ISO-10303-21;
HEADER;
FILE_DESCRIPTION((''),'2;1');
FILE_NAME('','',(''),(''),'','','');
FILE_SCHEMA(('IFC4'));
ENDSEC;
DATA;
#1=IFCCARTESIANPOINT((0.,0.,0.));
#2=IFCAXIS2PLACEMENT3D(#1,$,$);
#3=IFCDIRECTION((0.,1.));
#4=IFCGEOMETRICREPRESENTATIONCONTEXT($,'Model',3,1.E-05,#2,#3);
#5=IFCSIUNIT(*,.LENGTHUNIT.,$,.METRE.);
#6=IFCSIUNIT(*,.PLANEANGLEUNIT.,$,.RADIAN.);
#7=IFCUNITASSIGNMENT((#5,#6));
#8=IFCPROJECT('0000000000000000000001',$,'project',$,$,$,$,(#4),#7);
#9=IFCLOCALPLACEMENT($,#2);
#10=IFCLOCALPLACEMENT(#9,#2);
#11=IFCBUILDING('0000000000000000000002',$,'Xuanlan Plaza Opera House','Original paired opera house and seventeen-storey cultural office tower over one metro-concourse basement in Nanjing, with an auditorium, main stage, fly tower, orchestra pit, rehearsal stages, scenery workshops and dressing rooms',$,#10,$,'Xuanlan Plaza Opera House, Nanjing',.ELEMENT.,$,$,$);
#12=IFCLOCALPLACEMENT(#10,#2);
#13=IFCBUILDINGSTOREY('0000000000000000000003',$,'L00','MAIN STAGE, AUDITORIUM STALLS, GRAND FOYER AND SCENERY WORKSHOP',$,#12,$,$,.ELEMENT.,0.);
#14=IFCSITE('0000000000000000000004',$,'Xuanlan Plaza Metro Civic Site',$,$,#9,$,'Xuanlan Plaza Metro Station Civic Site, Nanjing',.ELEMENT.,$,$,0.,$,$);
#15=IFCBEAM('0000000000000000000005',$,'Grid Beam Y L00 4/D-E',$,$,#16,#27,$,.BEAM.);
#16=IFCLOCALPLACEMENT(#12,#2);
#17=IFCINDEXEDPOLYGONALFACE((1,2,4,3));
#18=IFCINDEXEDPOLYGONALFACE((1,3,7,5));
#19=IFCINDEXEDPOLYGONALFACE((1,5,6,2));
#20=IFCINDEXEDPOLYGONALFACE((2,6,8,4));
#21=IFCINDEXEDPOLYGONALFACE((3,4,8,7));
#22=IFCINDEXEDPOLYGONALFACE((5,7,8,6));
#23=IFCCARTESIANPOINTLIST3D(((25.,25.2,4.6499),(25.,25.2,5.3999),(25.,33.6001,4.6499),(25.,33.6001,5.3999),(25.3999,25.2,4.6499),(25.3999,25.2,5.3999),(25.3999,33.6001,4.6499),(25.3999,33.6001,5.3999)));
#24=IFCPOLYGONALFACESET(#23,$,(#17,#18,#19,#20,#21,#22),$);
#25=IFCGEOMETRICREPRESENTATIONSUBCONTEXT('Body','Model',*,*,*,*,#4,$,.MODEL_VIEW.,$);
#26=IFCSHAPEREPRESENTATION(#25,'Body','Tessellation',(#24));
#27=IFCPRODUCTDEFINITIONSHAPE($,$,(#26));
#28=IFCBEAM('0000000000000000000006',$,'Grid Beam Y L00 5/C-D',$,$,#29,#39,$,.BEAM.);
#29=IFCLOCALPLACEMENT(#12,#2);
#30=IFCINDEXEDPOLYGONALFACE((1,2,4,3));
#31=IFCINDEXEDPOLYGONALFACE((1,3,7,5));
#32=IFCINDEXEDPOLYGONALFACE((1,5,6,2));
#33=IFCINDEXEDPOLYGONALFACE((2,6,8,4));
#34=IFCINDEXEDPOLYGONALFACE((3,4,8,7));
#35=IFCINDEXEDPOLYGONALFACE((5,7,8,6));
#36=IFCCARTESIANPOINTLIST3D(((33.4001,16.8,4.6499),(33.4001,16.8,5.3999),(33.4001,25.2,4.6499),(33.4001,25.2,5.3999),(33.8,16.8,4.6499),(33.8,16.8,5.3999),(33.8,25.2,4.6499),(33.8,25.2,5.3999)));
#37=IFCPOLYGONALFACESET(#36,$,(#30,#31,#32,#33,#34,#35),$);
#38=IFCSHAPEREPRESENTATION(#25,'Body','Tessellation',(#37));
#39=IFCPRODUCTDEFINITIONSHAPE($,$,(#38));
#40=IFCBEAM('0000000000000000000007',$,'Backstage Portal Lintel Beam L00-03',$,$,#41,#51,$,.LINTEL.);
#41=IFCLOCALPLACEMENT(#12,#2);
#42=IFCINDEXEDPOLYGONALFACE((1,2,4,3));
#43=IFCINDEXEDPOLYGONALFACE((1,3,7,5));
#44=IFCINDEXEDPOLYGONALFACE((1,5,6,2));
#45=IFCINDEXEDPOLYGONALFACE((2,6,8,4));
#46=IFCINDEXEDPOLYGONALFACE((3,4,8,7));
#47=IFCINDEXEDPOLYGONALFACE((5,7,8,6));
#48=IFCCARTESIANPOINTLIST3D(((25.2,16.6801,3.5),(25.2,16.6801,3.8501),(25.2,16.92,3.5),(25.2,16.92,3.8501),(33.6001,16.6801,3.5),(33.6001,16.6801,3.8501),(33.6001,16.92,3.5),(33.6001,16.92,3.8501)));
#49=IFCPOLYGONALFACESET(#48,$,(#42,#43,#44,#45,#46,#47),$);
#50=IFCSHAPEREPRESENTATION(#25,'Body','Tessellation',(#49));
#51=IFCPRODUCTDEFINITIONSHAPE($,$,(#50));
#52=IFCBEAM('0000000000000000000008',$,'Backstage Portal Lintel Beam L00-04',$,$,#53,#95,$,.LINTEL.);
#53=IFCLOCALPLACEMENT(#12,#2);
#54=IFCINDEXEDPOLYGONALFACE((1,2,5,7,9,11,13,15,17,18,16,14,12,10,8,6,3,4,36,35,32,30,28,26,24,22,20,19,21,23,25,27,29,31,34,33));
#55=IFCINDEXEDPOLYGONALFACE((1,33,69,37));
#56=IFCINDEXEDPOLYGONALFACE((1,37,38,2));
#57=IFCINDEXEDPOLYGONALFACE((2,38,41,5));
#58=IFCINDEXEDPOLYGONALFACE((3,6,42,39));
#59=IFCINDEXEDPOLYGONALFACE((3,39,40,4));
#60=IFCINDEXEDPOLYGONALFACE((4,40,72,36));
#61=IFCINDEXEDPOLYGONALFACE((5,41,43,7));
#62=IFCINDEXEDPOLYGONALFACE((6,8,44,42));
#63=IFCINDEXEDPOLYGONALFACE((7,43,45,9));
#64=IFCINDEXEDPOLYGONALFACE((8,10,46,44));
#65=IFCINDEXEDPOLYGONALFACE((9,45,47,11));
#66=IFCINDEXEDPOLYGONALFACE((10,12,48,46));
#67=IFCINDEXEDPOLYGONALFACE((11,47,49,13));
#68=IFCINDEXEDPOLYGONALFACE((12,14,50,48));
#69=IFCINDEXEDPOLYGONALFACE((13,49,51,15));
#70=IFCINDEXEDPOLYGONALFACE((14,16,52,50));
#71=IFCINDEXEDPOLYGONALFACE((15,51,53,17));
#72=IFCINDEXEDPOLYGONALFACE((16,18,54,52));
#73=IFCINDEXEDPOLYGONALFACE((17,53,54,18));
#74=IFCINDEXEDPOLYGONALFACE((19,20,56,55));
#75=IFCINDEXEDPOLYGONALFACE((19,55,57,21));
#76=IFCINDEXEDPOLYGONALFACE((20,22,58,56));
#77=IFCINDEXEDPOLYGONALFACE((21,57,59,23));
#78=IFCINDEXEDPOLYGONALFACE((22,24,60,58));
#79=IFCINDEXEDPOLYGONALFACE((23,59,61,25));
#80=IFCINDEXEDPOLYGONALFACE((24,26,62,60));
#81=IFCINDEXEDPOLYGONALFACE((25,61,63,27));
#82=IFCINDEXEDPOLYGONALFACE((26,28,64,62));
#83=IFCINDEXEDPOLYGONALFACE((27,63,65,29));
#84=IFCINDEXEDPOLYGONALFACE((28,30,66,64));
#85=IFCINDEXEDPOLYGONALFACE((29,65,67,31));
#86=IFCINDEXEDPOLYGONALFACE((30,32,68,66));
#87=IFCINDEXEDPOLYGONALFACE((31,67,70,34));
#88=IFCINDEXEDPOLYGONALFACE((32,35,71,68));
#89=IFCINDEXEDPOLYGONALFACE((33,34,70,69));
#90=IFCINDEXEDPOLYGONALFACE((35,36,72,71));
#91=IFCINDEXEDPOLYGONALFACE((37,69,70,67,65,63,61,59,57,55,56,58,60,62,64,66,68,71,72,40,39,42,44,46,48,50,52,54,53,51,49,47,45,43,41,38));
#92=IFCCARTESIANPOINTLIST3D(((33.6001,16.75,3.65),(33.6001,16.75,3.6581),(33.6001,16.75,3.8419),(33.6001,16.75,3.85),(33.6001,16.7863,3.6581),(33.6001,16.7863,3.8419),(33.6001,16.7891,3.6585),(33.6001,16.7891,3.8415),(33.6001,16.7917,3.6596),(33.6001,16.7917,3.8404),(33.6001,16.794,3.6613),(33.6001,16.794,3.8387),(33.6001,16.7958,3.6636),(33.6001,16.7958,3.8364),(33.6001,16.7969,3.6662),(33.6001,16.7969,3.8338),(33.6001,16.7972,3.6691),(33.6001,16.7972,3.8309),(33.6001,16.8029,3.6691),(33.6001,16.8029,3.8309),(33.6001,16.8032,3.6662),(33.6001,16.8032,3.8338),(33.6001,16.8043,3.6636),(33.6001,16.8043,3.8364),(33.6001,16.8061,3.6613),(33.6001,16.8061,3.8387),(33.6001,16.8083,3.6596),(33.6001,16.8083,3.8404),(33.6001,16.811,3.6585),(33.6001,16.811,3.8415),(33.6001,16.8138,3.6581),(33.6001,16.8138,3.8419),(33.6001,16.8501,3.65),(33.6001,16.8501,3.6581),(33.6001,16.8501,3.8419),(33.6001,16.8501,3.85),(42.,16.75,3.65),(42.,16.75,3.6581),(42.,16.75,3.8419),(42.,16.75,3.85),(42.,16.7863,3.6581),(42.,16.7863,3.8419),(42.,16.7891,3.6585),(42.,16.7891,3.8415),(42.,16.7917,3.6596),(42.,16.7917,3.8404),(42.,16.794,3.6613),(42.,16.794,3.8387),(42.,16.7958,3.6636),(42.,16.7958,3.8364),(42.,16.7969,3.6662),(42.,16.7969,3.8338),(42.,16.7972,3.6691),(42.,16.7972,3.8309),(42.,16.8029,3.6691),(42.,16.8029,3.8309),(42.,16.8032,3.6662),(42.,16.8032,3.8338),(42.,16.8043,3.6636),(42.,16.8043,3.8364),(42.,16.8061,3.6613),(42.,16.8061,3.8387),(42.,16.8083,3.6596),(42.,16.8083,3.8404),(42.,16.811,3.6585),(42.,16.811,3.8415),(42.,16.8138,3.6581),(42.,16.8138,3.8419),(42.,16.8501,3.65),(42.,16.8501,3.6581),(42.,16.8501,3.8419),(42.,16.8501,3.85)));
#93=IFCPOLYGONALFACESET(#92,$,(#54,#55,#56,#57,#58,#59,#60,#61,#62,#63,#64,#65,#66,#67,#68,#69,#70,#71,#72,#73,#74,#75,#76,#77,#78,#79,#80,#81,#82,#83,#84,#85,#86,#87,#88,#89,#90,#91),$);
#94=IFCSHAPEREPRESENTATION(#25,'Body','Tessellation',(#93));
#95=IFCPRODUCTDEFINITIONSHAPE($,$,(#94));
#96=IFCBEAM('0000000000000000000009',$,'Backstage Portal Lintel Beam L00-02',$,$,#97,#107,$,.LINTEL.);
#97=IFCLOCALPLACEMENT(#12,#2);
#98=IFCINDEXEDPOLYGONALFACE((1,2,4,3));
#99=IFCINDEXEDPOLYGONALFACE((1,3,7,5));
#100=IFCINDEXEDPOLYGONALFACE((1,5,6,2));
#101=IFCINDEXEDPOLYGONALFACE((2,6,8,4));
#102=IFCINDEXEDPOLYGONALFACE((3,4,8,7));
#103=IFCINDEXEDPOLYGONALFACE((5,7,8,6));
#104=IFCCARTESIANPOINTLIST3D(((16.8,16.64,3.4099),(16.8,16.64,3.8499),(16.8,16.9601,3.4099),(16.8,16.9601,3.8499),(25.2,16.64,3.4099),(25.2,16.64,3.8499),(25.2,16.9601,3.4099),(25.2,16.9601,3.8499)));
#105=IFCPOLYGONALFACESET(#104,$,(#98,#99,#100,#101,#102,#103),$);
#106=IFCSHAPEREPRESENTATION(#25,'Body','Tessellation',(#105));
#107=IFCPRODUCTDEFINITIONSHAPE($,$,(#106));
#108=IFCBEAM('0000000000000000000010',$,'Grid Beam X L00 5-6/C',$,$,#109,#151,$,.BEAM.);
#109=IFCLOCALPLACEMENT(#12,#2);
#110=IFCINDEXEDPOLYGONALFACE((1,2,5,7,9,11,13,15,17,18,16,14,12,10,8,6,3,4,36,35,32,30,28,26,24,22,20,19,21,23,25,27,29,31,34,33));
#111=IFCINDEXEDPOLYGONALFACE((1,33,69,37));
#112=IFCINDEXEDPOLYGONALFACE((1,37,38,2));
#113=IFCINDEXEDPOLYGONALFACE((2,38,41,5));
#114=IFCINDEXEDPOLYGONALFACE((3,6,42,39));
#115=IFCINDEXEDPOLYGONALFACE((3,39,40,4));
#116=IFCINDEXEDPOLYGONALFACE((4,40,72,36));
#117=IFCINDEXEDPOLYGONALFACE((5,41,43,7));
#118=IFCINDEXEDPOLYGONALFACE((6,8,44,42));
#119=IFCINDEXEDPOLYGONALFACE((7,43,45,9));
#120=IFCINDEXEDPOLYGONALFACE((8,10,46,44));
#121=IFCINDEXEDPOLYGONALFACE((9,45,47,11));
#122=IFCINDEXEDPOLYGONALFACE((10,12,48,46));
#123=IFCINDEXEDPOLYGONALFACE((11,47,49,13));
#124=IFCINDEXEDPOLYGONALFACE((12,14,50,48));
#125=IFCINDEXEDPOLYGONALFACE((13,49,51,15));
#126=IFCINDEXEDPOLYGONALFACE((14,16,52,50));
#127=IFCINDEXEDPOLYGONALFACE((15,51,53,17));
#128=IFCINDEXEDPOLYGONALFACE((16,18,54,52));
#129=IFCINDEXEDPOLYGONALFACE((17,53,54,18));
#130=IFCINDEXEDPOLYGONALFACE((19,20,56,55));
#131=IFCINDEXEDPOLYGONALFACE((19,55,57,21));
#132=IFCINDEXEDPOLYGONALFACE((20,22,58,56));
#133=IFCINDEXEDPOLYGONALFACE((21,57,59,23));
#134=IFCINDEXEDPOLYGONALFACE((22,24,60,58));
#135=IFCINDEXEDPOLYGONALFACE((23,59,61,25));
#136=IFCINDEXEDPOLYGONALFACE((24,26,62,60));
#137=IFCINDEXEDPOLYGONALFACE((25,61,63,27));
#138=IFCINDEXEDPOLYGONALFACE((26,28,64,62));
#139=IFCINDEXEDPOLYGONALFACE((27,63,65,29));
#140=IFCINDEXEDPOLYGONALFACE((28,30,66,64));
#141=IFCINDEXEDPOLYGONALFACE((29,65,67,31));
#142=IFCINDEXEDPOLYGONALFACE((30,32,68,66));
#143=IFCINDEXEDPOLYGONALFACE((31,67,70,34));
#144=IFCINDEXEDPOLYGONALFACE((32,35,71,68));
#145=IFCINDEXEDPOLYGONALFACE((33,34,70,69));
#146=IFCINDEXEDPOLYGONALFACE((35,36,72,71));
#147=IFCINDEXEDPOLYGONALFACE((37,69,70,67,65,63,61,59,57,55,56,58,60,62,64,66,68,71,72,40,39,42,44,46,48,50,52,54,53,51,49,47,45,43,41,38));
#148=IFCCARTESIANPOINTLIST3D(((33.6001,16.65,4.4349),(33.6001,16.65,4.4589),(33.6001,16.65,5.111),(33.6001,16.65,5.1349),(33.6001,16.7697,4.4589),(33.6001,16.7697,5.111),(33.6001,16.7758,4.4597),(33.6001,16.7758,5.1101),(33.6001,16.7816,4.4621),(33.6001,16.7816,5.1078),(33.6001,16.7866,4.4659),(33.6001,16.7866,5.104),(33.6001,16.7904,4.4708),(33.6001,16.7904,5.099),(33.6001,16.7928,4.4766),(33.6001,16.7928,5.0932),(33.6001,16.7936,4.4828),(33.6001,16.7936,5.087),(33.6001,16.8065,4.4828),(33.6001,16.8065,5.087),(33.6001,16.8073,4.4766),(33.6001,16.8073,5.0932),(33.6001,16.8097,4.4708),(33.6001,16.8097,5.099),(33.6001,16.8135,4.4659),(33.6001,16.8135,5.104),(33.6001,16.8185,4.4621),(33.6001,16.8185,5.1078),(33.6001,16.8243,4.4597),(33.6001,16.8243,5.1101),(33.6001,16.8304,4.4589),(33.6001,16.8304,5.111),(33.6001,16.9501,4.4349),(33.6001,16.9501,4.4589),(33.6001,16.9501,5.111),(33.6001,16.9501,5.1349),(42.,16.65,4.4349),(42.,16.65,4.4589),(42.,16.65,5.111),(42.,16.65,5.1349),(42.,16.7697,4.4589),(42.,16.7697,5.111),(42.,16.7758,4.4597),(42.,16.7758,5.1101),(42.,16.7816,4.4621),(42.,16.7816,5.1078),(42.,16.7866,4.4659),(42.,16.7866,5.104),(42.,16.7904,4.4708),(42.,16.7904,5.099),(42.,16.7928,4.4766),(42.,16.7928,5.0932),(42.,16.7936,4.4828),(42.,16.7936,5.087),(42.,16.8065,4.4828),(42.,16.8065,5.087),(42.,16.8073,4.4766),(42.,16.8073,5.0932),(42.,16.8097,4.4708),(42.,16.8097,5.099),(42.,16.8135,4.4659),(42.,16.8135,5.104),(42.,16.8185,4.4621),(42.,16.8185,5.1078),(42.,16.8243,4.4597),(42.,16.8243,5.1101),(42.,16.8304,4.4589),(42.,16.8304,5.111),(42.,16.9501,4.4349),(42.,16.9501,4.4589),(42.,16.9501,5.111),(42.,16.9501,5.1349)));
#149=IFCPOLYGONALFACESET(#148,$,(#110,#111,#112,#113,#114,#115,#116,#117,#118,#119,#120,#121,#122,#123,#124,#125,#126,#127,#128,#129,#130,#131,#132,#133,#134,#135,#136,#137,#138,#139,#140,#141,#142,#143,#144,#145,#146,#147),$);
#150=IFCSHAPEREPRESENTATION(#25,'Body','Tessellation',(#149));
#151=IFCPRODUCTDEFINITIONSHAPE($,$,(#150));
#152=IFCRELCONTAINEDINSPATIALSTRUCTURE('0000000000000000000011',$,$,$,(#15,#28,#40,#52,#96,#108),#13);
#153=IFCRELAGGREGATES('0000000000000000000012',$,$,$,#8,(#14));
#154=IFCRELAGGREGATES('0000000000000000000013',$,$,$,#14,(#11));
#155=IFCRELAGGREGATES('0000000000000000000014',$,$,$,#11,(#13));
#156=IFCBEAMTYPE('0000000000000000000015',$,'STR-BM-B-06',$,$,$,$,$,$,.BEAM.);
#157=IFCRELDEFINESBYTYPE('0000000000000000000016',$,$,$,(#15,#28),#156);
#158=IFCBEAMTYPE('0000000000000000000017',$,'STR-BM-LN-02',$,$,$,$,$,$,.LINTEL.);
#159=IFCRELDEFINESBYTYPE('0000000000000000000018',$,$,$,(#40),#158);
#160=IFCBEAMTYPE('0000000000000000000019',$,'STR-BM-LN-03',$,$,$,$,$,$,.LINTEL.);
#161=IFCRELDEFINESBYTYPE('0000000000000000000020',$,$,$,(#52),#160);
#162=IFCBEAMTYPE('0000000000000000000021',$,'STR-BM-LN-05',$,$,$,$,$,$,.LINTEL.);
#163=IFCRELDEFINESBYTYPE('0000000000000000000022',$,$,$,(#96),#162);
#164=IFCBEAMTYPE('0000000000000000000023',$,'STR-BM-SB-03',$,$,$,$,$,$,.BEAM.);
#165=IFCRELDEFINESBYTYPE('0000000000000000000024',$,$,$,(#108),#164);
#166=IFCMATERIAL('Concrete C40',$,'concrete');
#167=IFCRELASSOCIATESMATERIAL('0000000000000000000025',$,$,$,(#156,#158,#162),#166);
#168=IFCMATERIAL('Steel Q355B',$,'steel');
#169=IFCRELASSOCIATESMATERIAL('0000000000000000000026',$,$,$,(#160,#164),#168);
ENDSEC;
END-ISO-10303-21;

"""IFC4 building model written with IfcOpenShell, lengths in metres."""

from ifc_helpers import new_model, si_unit, direction, frame, origin, origin_2d, place, context, subcontext, project, spatial, rectangle, i_section, extrude, material, material_profile, profile_set, type_object, element, save


model = new_model("IFC4")

# Units and contexts
model_context = context("Model", 3, precision=1e-05, world=origin(), true_north=direction((0.0, 1.0)))
body_context = subcontext(model_context, "Body", "Model", "MODEL_VIEW")
ifc_project = project(units=[si_unit("LENGTHUNIT", "METRE"), si_unit("PLANEANGLEUNIT", "RADIAN")], contexts=[model_context])

# Site, building, storey
site_placement = place(None, origin())
site = spatial("IfcSite", under=ifc_project, at=site_placement, Name="Xuanlan Plaza Metro Civic Site", LongName="Xuanlan Plaza Metro Station Civic Site, Nanjing", CompositionType="ELEMENT", RefElevation=0.0)
building_placement = place(site_placement, origin())
building = spatial("IfcBuilding", under=site, at=building_placement, Name="Xuanlan Plaza Opera House", Description="Original paired opera house and seventeen-storey cultural office tower over one metro-concourse basement in Nanjing, with an auditorium, main stage, fly tower, orchestra pit, rehearsal stages, scenery workshops and dressing rooms", LongName="Xuanlan Plaza Opera House, Nanjing", CompositionType="ELEMENT")
storey_placement = place(building_placement, origin())
storey = spatial("IfcBuildingStorey", under=building, at=storey_placement, Name="L00", Description="MAIN STAGE, AUDITORIUM STALLS, GRAND FOYER AND SCENERY WORKSHOP", CompositionType="ELEMENT", Elevation=0.0)

# Shared definitions
ifc_material_1 = material(Name="Concrete C40", Category="concrete")

# Beams
ifc_material_profile_1 = material_profile(ifc_material_1, rectangle(XDim=0.3999, YDim=0.75, at=origin_2d()), Name="RC-BM 400x750")
ifc_profile_set_1 = profile_set([ifc_material_profile_1], Name="Concrete C40")
beam_type_1 = type_object("IfcBeamType", Name="STR-BM-B-06", PredefinedType="BEAM", material=ifc_profile_set_1)
beam_1_placement = place(storey_placement, frame((25.2, 25.2, 5.0249), z_axis=(0.0, 1.0, 0.0), x_axis=(-1.0, 0.0, 0.0)))
element("IfcBeam", 1, at=beam_1_placement, inside=storey, type_object=beam_type_1, Name="Grid Beam Y L00 4/D-E", PredefinedType="BEAM", context=body_context, shape_type="SweptSolid", body=[
    extrude(rectangle(XDim=0.3999, YDim=0.75, at=origin_2d()), origin(), (0.0, 0.0, 1.0), 8.4001),
])
beam_2_placement = place(storey_placement, frame((33.6001, 16.8, 5.0249), z_axis=(0.0, 1.0, 0.0), x_axis=(-1.0, 0.0, 0.0)))
element("IfcBeam", 2, at=beam_2_placement, inside=storey, type_object=beam_type_1, Name="Grid Beam Y L00 5/C-D", PredefinedType="BEAM", context=body_context, shape_type="SweptSolid", body=[
    extrude(rectangle(XDim=0.3999, YDim=0.75, at=origin_2d()), origin(), (0.0, 0.0, 1.0), 8.3999),
])
ifc_material_profile_2 = material_profile(ifc_material_1, rectangle(XDim=0.24, YDim=0.3501, at=origin_2d()), Name="RC-LNT 240x350")
ifc_profile_set_2 = profile_set([ifc_material_profile_2], Name="Concrete C40")
beam_type_2 = type_object("IfcBeamType", Name="STR-BM-LN-02", PredefinedType="LINTEL", material=ifc_profile_set_2)
beam_3_placement = place(storey_placement, frame((25.2, 16.8, 3.675), z_axis=(1.0, 0.0, 0.0), x_axis=(0.0, 1.0, 0.0)))
element("IfcBeam", 3, at=beam_3_placement, inside=storey, type_object=beam_type_2, Name="Backstage Portal Lintel Beam L00-03", PredefinedType="LINTEL", context=body_context, shape_type="SweptSolid", body=[
    extrude(rectangle(XDim=0.24, YDim=0.3501, at=origin_2d()), origin(), (0.0, 0.0, 1.0), 8.4001),
])
ifc_material_2 = material(Name="Steel Q355B", Category="steel")
ifc_material_profile_3 = material_profile(ifc_material_2, i_section(OverallWidth=0.1001, OverallDepth=0.2, WebThickness=0.0056, FlangeThickness=0.0081, FilletRadius=0.011, at=origin_2d()), Name="HN 200x100x5.5x8")
ifc_profile_set_3 = profile_set([ifc_material_profile_3], Name="Steel Q355B")
beam_type_3 = type_object("IfcBeamType", Name="STR-BM-LN-03", PredefinedType="LINTEL", material=ifc_profile_set_3)
beam_4_placement = place(storey_placement, frame((33.6001, 16.8, 3.75), z_axis=(1.0, 0.0, 0.0), x_axis=(0.0, 1.0, 0.0)))
element("IfcBeam", 4, at=beam_4_placement, inside=storey, type_object=beam_type_3, Name="Backstage Portal Lintel Beam L00-04", PredefinedType="LINTEL", context=body_context, shape_type="SweptSolid", body=[
    extrude(i_section(OverallWidth=0.1001, OverallDepth=0.2, WebThickness=0.0056, FlangeThickness=0.0081, FilletRadius=0.011, at=origin_2d()), origin(), (0.0, 0.0, 1.0), 8.3999),
])
ifc_material_profile_4 = material_profile(ifc_material_1, rectangle(XDim=0.3201, YDim=0.4399, at=origin_2d()), Name="RC-LNT 320x440")
ifc_profile_set_4 = profile_set([ifc_material_profile_4], Name="Concrete C40")
beam_type_4 = type_object("IfcBeamType", Name="STR-BM-LN-05", PredefinedType="LINTEL", material=ifc_profile_set_4)
beam_5_placement = place(storey_placement, frame((16.8, 16.8, 3.6299), z_axis=(1.0, 0.0, 0.0), x_axis=(0.0, 1.0, 0.0)))
element("IfcBeam", 5, at=beam_5_placement, inside=storey, type_object=beam_type_4, Name="Backstage Portal Lintel Beam L00-02", PredefinedType="LINTEL", context=body_context, shape_type="SweptSolid", body=[
    extrude(rectangle(XDim=0.3201, YDim=0.4399, at=origin_2d()), origin(), (0.0, 0.0, 1.0), 8.3999),
])
ifc_material_profile_5 = material_profile(ifc_material_2, i_section(OverallWidth=0.3, OverallDepth=0.7, WebThickness=0.0129, FlangeThickness=0.0239, FilletRadius=0.0239, at=origin_2d()), Name="HN 700x300x13x24")
ifc_profile_set_5 = profile_set([ifc_material_profile_5], Name="Steel Q355B")
beam_type_5 = type_object("IfcBeamType", Name="STR-BM-SB-03", PredefinedType="BEAM", material=ifc_profile_set_5)
beam_6_placement = place(storey_placement, frame((33.6001, 16.8, 4.7849), z_axis=(1.0, 0.0, 0.0), x_axis=(0.0, 1.0, 0.0)))
element("IfcBeam", 6, at=beam_6_placement, inside=storey, type_object=beam_type_5, Name="Grid Beam X L00 5-6/C", PredefinedType="BEAM", context=body_context, shape_type="SweptSolid", body=[
    extrude(i_section(OverallWidth=0.3, OverallDepth=0.7, WebThickness=0.0129, FlangeThickness=0.0239, FilletRadius=0.0239, at=origin_2d()), origin(), (0.0, 0.0, 1.0), 8.3999),
])

save(model, "model.ifc")
